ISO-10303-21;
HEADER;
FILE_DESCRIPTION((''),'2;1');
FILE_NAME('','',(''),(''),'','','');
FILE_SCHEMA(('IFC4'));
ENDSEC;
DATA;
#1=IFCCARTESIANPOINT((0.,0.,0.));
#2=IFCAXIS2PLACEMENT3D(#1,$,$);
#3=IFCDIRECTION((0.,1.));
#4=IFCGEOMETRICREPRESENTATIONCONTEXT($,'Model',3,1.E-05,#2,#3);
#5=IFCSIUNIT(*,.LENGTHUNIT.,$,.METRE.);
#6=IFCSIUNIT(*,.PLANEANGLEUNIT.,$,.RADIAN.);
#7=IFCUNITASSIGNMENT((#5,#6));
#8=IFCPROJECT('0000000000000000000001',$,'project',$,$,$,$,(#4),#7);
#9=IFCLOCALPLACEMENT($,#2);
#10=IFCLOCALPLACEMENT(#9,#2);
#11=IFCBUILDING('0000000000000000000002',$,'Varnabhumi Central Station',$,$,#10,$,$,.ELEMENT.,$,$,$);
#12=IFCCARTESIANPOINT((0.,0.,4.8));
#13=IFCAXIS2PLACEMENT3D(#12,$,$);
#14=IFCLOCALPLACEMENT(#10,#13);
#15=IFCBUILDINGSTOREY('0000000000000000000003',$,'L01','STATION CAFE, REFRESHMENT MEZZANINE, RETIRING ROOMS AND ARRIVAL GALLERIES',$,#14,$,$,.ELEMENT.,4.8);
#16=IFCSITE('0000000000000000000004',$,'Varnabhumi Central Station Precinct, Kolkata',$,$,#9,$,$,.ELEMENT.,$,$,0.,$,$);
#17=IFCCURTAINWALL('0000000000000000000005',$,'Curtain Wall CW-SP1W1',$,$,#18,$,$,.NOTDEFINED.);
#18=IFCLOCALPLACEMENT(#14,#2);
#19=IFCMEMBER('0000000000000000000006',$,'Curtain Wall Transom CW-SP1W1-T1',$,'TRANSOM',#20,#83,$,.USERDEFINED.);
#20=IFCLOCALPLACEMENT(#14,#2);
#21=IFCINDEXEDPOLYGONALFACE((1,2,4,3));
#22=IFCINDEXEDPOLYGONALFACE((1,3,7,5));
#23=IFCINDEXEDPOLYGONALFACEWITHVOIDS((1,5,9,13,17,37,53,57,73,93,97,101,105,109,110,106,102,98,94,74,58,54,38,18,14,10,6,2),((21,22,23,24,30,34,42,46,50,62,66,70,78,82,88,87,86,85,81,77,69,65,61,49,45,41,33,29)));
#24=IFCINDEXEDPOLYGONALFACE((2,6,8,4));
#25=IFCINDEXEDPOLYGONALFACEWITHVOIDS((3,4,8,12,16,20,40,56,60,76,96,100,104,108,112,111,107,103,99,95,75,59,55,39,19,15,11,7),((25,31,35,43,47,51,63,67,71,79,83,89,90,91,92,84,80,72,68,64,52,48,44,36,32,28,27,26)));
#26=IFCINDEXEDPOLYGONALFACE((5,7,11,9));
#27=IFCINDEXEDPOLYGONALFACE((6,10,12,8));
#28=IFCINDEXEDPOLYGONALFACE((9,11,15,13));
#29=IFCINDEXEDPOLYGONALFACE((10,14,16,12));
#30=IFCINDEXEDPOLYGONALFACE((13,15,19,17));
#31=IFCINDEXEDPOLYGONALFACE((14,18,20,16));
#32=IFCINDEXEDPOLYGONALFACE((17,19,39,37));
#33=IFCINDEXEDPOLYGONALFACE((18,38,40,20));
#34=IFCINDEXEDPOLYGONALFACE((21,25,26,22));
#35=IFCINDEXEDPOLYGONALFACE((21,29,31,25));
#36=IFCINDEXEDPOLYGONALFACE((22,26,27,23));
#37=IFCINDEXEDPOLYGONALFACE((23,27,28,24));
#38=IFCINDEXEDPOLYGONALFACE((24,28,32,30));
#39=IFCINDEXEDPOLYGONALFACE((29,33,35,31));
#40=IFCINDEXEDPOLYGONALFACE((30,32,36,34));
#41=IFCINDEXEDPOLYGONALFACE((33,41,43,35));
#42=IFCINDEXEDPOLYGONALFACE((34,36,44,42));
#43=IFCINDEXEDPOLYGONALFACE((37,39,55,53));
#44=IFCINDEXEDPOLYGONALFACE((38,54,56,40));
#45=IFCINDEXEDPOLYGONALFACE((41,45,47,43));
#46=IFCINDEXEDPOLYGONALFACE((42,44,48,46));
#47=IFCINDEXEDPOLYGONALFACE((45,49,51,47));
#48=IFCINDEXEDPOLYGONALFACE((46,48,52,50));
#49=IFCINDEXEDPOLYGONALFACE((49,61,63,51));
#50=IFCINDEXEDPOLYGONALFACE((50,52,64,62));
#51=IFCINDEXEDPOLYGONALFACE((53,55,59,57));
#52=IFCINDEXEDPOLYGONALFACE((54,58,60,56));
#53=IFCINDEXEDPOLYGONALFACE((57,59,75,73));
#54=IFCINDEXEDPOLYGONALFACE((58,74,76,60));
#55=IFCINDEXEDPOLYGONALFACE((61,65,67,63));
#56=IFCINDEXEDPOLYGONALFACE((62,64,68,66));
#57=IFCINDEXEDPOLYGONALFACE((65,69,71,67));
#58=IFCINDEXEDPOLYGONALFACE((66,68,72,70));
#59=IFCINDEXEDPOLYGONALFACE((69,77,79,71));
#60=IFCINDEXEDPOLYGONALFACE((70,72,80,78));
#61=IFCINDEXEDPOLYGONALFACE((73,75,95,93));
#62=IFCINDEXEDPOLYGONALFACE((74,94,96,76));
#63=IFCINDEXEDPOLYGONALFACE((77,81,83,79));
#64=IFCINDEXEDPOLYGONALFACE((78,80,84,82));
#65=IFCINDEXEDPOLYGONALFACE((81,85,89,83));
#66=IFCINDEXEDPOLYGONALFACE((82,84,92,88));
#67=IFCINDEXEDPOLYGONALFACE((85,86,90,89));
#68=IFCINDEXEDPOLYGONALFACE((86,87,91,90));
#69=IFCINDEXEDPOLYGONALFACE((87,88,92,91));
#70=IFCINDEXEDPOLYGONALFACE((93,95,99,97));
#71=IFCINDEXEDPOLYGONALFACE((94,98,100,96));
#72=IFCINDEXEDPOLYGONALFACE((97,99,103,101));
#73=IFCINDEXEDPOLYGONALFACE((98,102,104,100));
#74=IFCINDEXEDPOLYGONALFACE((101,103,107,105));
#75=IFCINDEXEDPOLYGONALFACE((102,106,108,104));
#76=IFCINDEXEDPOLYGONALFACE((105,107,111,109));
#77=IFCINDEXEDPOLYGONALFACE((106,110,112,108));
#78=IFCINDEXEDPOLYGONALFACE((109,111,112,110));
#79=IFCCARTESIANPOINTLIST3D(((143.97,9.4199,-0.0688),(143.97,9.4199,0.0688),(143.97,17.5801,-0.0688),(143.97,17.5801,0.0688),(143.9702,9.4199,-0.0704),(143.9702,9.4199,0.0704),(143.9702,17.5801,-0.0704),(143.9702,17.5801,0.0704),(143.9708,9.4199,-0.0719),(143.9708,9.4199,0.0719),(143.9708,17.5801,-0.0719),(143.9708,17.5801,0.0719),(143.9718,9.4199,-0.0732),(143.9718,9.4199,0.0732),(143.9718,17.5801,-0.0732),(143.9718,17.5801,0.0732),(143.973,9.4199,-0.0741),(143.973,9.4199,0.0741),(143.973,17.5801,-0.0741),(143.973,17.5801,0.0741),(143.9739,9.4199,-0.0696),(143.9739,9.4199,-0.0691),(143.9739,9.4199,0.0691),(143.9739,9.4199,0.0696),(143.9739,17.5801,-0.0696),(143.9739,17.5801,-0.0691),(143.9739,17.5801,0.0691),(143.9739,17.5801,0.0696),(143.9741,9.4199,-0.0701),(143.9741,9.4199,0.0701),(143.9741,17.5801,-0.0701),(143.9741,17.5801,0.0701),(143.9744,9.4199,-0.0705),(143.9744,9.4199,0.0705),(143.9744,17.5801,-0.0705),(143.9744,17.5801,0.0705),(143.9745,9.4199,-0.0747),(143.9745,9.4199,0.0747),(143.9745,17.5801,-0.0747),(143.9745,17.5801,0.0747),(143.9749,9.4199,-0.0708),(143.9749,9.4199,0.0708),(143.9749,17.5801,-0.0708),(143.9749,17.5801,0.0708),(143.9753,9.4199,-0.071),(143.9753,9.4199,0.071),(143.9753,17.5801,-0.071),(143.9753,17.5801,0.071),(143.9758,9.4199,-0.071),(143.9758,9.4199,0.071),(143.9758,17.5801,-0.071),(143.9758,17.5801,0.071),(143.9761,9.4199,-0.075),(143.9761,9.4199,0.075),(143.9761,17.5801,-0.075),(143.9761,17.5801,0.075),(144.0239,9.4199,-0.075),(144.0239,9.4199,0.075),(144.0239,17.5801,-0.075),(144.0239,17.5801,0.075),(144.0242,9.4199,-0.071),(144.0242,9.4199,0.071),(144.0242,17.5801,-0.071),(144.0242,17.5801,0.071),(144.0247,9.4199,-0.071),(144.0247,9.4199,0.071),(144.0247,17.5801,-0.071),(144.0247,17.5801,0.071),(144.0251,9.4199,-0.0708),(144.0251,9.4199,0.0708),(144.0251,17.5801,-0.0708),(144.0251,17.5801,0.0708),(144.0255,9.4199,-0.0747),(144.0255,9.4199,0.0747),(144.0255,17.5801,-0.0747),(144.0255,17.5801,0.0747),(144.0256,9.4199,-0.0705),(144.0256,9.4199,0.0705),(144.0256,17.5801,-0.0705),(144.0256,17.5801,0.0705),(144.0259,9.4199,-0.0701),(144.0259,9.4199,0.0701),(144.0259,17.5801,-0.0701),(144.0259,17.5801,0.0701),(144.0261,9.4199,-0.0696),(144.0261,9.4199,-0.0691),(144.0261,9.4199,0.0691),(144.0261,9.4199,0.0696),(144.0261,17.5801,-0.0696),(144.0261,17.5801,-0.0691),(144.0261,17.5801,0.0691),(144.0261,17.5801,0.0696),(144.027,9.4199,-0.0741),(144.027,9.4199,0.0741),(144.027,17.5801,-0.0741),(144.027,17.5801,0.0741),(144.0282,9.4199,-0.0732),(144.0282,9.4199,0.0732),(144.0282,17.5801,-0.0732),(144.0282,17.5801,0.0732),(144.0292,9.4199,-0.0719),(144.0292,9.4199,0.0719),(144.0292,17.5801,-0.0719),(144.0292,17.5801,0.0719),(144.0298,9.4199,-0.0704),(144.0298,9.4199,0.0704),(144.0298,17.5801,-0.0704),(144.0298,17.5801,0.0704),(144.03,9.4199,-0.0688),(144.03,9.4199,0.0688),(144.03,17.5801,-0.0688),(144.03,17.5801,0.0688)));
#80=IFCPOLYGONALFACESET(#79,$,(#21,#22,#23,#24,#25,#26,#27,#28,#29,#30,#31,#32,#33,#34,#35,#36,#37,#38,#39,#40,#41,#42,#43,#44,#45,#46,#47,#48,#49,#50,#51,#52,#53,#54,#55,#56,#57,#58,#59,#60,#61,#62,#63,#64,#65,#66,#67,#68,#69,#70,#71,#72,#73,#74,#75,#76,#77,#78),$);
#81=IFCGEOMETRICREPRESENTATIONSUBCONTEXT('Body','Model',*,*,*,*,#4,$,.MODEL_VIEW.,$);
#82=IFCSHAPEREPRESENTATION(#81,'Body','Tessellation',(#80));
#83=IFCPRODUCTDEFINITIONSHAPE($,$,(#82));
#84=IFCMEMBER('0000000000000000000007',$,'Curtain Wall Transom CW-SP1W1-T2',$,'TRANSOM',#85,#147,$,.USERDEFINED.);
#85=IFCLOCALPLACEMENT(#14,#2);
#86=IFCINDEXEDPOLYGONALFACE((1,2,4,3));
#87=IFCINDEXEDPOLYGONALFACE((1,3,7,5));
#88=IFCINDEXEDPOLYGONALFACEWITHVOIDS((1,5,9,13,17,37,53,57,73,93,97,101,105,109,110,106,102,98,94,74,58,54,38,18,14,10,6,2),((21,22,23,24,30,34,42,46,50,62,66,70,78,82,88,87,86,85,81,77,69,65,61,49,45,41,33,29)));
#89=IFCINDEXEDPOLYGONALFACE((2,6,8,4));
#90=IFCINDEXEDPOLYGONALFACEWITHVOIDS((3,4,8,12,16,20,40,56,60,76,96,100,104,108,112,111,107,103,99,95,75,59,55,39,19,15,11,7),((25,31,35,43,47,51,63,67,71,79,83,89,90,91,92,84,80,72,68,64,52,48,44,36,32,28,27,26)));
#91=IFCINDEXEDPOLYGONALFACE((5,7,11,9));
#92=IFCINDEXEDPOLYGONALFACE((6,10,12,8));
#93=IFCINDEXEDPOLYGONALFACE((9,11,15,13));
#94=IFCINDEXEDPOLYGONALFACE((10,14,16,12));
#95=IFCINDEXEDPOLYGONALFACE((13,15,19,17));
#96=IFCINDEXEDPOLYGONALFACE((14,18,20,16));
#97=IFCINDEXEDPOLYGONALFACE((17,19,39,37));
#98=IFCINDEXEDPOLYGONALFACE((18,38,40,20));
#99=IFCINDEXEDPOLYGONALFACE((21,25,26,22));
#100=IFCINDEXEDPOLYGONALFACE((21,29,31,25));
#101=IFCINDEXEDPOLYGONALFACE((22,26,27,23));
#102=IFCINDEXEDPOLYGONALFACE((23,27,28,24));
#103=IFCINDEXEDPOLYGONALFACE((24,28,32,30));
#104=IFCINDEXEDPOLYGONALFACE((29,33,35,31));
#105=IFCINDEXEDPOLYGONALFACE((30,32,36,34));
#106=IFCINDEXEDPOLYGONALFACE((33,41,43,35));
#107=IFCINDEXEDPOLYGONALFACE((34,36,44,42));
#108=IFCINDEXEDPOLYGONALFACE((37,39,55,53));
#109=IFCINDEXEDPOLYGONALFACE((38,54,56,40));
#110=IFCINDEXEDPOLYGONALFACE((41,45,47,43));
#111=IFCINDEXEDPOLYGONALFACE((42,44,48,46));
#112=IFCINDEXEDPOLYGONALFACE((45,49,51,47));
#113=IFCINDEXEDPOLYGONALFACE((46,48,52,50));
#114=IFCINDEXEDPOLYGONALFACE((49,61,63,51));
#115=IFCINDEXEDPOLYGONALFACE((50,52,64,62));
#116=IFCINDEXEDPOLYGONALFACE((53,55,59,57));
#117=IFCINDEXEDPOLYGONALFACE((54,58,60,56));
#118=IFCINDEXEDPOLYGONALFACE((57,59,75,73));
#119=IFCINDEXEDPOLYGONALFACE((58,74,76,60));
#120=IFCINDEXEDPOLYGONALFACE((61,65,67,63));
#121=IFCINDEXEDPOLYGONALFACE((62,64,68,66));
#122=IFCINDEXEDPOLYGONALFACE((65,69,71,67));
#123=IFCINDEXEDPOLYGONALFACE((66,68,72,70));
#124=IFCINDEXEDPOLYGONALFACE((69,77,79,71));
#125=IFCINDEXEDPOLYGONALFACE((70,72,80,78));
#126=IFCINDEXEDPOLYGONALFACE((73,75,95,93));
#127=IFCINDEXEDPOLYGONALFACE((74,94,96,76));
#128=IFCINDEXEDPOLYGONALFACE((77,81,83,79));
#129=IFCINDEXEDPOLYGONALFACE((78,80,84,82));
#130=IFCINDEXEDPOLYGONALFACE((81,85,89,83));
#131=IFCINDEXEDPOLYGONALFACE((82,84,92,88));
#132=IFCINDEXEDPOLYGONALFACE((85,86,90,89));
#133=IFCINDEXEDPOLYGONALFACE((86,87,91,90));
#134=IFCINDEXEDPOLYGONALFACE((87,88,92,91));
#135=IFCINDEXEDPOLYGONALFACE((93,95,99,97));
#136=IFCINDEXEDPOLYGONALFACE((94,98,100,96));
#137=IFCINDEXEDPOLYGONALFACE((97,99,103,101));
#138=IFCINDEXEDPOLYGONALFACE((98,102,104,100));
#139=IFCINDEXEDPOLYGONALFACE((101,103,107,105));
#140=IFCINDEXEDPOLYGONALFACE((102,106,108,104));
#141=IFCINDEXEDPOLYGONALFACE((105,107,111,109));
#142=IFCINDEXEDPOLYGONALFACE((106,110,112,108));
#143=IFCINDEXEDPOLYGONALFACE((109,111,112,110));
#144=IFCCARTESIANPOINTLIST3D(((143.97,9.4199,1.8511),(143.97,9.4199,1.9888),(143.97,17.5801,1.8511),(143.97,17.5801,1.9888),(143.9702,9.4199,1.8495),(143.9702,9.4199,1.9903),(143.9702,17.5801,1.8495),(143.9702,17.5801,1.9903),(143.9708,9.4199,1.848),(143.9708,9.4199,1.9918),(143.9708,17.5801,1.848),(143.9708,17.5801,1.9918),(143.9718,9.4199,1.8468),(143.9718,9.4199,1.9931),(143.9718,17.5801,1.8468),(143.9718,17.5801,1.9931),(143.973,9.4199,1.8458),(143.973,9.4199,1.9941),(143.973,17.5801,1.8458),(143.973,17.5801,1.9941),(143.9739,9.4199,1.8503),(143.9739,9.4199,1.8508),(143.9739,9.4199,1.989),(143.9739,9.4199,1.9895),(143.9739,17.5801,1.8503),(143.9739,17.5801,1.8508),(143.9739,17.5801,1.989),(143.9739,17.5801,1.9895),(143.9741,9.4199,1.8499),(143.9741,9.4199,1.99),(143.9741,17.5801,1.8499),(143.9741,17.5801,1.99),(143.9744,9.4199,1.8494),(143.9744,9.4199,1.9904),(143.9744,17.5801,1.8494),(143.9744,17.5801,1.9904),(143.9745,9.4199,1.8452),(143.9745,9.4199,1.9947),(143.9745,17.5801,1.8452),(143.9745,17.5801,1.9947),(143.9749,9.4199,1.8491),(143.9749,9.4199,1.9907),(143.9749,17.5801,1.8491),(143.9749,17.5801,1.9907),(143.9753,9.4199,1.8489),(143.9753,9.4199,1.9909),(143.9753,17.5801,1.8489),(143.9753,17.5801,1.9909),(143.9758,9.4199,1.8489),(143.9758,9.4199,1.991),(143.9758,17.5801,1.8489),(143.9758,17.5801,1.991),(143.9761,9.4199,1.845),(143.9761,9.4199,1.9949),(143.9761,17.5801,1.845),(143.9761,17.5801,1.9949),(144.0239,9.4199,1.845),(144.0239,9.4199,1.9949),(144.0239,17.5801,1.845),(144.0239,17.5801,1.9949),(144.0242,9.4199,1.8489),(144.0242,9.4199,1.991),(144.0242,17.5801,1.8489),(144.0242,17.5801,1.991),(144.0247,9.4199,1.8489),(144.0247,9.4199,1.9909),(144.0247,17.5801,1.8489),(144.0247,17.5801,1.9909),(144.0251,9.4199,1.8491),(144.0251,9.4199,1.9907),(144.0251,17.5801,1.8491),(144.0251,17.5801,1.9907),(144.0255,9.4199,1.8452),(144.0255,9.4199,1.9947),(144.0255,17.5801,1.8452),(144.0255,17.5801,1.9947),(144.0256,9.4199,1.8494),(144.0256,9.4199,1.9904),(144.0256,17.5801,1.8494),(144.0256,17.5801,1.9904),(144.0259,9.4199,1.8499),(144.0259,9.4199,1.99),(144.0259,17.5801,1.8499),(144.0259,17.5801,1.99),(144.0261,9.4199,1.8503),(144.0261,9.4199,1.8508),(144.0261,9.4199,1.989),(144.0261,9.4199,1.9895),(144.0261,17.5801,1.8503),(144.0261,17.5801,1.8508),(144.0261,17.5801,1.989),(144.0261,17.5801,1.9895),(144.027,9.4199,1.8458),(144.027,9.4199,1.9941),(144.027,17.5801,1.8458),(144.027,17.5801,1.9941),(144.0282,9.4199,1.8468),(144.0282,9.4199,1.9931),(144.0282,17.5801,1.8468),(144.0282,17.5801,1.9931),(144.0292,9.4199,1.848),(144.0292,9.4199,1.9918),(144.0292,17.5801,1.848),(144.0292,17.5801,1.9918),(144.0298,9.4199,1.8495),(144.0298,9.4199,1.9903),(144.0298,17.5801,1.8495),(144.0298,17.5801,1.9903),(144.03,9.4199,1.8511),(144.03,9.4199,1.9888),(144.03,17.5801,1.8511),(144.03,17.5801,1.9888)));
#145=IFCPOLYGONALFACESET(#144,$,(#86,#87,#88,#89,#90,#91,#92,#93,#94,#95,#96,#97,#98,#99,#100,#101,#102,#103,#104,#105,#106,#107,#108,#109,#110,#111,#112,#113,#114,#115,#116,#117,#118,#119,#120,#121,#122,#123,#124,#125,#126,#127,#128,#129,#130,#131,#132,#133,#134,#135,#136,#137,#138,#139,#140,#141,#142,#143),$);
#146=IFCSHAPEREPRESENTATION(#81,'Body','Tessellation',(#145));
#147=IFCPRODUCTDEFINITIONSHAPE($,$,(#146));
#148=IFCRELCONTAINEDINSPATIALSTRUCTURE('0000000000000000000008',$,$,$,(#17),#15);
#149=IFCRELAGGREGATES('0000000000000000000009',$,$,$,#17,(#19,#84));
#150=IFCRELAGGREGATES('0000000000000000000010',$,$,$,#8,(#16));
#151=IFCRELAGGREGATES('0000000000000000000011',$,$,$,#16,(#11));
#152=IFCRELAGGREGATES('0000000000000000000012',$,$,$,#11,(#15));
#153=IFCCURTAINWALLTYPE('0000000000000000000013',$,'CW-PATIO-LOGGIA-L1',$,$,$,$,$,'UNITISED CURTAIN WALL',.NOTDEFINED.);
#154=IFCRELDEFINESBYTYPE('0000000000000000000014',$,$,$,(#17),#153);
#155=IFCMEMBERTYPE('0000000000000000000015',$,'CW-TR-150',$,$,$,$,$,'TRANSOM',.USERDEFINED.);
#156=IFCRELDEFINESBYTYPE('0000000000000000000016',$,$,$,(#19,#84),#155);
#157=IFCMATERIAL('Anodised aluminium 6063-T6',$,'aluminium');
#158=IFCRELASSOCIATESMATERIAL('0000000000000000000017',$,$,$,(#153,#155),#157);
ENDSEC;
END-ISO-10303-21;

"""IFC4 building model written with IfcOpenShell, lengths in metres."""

from ifc_helpers import new_model, si_unit, direction, frame, origin, origin_2d, place, context, subcontext, project, spatial, hollow_rectangle, extrude, material, material_profile, profile_set, type_object, element, aggregate, save


model = new_model("IFC4")

# Units and contexts
model_context = context("Model", 3, precision=1e-05, world=origin(), true_north=direction((0.0, 1.0)))
body_context = subcontext(model_context, "Body", "Model", "MODEL_VIEW")
ifc_project = project(units=[si_unit("LENGTHUNIT", "METRE"), si_unit("PLANEANGLEUNIT", "RADIAN")], contexts=[model_context])

# Site, building, storey
site_placement = place(None, origin())
site = spatial("IfcSite", under=ifc_project, at=site_placement, Name="Varnabhumi Central Station Precinct, Kolkata", CompositionType="ELEMENT", RefElevation=0.0)
building_placement = place(site_placement, origin())
building = spatial("IfcBuilding", under=site, at=building_placement, Name="Varnabhumi Central Station", CompositionType="ELEMENT")
storey_placement = place(building_placement, frame((0.0, 0.0, 4.8)))
storey = spatial("IfcBuildingStorey", under=building, at=storey_placement, Name="L01", Description="STATION CAFE, REFRESHMENT MEZZANINE, RETIRING ROOMS AND ARRIVAL GALLERIES", CompositionType="ELEMENT", Elevation=4.8)

# Curtain wall
ifc_material_1 = material(Name="Anodised aluminium 6063-T6", Category="aluminium")
curtain_wall_type = type_object("IfcCurtainWallType", Name="CW-PATIO-LOGGIA-L1", ElementType="UNITISED CURTAIN WALL", PredefinedType="NOTDEFINED", material=ifc_material_1)
curtain_wall_1_placement = place(storey_placement, origin())
curtain_wall_1 = element("IfcCurtainWall", 1, at=curtain_wall_1_placement, inside=storey, type_object=curtain_wall_type, Name="Curtain Wall CW-SP1W1", PredefinedType="NOTDEFINED")

# Members
ifc_material_profile_1 = material_profile(ifc_material_1, hollow_rectangle(XDim=0.0601, YDim=0.1499, WallThickness=0.0039, InnerFilletRadius=0.002, OuterFilletRadius=0.0061, at=origin_2d()), Name="Anodised aluminium 6063-T6", Category="aluminium")
ifc_profile_set_1 = profile_set([ifc_material_profile_1], Name="Anodised aluminium 6063-T6")
member_type_1 = type_object("IfcMemberType", Name="CW-TR-150", ElementType="TRANSOM", PredefinedType="USERDEFINED", material=ifc_profile_set_1)
member_1_placement = place(storey_placement, frame((144.0, 9.4199, 0.0), z_axis=(0.0, 1.0, 0.0), x_axis=(-1.0, 0.0, 0.0)))
member_1 = element("IfcMember", 2, at=member_1_placement, type_object=member_type_1, Name="Curtain Wall Transom CW-SP1W1-T1", ObjectType="TRANSOM", PredefinedType="USERDEFINED", context=body_context, shape_type="SweptSolid", body=[
    extrude(hollow_rectangle(XDim=0.0601, YDim=0.1499, WallThickness=0.0039, InnerFilletRadius=0.002, OuterFilletRadius=0.0061, at=origin_2d()), origin(), (0.0, 0.0, 1.0), 8.1602),
])
member_2_placement = place(storey_placement, frame((144.0, 9.4199, 1.9199), z_axis=(0.0, 1.0, 0.0), x_axis=(-1.0, 0.0, 0.0)))
member_2 = element("IfcMember", 3, at=member_2_placement, type_object=member_type_1, Name="Curtain Wall Transom CW-SP1W1-T2", ObjectType="TRANSOM", PredefinedType="USERDEFINED", context=body_context, shape_type="SweptSolid", body=[
    extrude(hollow_rectangle(XDim=0.0601, YDim=0.1499, WallThickness=0.0039, InnerFilletRadius=0.002, OuterFilletRadius=0.0061, at=origin_2d()), origin(), (0.0, 0.0, 1.0), 8.1602),
])

aggregate(curtain_wall_1, [member_1, member_2])

save(model, "model.ifc")
